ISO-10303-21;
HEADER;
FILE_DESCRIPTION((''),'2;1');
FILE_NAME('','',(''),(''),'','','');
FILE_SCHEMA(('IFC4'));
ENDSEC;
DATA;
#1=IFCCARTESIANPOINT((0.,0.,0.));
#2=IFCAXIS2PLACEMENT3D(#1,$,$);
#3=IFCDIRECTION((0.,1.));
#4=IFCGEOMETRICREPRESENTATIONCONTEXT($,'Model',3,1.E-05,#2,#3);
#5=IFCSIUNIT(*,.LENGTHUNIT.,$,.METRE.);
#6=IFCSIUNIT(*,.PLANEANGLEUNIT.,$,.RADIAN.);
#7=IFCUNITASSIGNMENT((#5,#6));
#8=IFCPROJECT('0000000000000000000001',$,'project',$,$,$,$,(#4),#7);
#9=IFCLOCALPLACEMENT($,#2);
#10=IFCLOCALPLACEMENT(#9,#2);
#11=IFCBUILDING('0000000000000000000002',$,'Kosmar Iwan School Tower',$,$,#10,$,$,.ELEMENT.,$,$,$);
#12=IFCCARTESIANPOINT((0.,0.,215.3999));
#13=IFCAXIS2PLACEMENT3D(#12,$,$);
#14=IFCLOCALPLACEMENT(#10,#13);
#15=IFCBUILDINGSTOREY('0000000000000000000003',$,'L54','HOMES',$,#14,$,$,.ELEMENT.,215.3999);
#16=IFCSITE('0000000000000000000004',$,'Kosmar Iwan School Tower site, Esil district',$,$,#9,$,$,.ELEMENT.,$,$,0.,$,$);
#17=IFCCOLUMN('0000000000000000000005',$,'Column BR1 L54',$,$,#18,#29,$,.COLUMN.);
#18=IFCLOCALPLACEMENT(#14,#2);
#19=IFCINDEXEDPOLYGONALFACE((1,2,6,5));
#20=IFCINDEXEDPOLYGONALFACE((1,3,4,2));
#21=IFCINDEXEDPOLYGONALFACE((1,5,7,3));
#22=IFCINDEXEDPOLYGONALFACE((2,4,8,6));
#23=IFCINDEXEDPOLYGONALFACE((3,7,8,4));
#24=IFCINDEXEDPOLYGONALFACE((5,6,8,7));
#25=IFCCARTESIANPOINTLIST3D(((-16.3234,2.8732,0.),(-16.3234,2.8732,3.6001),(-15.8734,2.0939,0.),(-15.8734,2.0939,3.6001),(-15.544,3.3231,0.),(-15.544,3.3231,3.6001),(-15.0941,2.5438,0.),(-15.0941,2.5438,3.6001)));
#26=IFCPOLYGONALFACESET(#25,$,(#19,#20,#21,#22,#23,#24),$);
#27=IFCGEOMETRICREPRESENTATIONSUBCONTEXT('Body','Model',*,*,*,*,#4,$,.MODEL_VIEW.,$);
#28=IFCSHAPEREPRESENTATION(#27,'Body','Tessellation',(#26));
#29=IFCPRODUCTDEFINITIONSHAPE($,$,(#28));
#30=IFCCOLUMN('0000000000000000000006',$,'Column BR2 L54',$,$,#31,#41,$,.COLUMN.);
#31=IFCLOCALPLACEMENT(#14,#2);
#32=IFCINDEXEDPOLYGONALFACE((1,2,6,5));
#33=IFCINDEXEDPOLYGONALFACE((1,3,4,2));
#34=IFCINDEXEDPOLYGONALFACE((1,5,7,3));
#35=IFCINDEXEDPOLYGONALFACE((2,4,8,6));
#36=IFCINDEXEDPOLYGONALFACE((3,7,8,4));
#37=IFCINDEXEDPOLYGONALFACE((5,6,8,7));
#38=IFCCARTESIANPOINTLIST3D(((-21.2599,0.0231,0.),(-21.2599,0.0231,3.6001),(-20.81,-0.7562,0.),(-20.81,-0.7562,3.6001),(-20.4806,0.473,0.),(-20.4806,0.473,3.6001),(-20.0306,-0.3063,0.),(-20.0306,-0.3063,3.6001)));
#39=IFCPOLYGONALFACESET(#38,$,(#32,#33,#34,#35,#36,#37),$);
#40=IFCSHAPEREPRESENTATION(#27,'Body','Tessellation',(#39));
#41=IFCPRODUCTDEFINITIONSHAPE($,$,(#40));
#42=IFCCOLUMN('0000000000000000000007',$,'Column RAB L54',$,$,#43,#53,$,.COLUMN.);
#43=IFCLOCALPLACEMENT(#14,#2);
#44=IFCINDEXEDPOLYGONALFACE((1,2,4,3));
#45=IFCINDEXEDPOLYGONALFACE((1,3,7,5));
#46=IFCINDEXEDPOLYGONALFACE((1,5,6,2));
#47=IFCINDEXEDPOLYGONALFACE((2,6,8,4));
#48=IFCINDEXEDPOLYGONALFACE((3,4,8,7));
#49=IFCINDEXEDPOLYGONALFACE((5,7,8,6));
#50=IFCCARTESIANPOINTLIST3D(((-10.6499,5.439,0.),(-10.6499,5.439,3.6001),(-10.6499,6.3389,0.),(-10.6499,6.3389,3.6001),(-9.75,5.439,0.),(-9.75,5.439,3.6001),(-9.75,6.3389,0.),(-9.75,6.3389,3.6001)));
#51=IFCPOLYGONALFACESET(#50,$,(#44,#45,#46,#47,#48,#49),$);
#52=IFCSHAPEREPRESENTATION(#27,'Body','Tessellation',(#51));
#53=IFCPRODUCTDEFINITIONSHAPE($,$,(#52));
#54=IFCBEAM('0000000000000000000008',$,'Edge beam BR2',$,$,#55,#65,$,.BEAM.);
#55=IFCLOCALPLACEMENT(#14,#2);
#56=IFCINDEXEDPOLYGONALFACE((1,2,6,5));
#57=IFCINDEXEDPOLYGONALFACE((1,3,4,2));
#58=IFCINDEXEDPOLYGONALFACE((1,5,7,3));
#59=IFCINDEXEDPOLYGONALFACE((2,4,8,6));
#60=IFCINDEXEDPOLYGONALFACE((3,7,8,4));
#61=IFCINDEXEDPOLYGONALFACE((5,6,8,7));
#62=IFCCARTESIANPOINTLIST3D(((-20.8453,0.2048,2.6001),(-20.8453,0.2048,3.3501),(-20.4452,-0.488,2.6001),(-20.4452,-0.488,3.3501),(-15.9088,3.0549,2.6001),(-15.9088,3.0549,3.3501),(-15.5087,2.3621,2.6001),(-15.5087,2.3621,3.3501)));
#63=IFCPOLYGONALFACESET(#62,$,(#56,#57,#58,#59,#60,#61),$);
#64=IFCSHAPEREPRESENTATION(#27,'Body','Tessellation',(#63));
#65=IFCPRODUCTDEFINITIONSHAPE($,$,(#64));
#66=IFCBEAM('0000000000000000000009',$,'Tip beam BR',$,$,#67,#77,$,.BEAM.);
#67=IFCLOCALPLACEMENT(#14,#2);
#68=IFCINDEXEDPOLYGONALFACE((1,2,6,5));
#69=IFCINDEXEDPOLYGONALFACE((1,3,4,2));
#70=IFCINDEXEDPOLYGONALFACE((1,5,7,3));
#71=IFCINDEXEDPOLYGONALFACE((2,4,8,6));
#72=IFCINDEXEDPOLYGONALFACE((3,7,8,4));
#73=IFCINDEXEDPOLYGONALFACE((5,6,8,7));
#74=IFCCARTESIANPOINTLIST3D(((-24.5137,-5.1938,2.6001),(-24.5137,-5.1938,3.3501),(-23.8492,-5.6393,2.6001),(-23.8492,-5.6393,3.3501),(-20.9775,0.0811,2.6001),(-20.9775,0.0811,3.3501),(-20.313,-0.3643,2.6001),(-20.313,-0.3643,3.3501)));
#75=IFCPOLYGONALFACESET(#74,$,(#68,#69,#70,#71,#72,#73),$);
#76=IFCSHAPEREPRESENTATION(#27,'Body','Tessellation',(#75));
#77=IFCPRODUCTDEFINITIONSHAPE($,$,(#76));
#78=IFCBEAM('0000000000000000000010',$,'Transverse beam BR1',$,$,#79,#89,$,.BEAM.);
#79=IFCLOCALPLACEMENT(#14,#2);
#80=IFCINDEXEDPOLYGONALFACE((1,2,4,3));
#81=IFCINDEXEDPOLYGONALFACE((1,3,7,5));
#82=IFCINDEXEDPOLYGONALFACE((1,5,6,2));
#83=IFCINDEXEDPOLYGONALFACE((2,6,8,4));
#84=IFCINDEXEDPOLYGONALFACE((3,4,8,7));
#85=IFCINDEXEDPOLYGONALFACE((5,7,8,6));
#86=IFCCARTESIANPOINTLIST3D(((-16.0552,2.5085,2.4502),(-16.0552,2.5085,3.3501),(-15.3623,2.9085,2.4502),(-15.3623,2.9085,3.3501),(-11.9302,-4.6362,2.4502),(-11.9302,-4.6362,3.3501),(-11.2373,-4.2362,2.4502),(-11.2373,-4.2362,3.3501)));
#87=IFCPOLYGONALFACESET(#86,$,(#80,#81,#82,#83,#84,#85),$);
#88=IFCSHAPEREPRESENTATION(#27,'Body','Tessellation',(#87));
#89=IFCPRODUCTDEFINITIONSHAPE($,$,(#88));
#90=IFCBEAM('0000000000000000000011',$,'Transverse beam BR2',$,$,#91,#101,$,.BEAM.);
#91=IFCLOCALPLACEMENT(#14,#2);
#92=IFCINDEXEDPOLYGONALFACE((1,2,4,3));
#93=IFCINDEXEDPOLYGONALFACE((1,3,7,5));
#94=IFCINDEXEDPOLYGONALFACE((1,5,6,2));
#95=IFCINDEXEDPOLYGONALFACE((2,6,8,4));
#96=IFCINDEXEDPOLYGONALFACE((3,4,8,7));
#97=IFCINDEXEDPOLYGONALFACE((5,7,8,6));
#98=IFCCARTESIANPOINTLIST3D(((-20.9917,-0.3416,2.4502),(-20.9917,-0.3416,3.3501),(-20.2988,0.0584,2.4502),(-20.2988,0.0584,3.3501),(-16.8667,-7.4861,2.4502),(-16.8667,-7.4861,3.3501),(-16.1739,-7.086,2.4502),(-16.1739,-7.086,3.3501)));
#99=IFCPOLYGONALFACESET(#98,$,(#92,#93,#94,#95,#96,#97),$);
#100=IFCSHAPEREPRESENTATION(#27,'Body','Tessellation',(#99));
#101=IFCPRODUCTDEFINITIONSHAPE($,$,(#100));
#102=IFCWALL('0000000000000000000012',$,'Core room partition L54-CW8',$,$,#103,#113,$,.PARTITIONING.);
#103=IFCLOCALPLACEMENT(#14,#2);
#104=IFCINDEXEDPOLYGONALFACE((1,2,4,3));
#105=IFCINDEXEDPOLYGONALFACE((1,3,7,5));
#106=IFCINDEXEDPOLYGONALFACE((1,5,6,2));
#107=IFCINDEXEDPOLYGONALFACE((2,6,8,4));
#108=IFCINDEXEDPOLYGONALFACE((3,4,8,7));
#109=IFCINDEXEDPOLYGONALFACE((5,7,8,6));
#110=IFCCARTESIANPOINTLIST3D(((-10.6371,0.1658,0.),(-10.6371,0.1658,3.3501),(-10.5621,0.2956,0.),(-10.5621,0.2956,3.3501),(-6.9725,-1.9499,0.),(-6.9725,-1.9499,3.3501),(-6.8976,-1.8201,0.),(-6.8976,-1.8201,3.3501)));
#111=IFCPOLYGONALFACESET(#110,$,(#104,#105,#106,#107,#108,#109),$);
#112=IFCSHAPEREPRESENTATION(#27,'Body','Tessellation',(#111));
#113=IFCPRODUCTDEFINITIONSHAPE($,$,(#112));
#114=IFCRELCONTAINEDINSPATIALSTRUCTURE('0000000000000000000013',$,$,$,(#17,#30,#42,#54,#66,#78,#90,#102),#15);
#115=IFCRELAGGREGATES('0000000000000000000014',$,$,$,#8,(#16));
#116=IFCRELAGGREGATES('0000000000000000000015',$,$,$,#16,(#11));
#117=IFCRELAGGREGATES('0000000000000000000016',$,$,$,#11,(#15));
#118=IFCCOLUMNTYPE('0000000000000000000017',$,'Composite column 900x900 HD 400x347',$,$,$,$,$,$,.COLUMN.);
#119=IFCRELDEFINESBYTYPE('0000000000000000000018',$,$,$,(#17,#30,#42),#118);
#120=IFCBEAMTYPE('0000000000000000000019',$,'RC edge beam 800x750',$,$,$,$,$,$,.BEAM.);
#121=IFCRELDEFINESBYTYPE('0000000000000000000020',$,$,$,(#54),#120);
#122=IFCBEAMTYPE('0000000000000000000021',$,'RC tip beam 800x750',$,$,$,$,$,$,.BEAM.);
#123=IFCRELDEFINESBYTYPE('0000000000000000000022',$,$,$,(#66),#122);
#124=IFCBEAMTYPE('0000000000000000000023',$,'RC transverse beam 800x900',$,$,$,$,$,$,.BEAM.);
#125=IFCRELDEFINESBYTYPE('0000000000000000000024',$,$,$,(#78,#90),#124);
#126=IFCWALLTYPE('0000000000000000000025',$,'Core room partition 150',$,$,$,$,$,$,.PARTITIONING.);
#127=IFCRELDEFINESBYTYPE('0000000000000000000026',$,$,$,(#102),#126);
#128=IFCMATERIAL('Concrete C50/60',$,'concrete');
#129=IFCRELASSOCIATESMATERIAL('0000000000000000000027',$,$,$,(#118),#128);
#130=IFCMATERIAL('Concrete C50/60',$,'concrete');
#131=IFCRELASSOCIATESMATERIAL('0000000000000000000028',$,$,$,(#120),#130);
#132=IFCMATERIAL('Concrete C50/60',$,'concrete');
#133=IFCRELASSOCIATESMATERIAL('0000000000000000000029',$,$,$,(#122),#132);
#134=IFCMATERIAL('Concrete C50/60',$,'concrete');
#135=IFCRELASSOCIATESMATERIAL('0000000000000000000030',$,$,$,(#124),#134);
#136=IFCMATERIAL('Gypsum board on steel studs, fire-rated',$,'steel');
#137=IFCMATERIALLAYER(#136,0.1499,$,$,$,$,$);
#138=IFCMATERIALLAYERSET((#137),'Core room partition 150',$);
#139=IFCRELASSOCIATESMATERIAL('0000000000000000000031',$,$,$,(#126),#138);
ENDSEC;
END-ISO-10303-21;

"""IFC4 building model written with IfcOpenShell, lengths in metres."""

from ifc_helpers import new_model, si_unit, direction, frame, frame_2d, origin, origin_2d, place, context, subcontext, project, spatial, rectangle, extrude, material, layer, layer_set, material_profile, profile_set, type_object, element, save


model = new_model("IFC4")

# Units and contexts
model_context = context("Model", 3, precision=1e-05, world=origin(), true_north=direction((0.0, 1.0)))
body_context = subcontext(model_context, "Body", "Model", "MODEL_VIEW")
ifc_project = project(units=[si_unit("LENGTHUNIT", "METRE"), si_unit("PLANEANGLEUNIT", "RADIAN")], contexts=[model_context])

# Site, building, storey
site_placement = place(None, origin())
site = spatial("IfcSite", under=ifc_project, at=site_placement, Name="Kosmar Iwan School Tower site, Esil district", CompositionType="ELEMENT", RefElevation=0.0)
building_placement = place(site_placement, origin())
building = spatial("IfcBuilding", under=site, at=building_placement, Name="Kosmar Iwan School Tower", CompositionType="ELEMENT")
storey_placement = place(building_placement, frame((0.0, 0.0, 215.3999)))
storey = spatial("IfcBuildingStorey", under=building, at=storey_placement, Name="L54", Description="HOMES", CompositionType="ELEMENT", Elevation=215.3999)

# Columns
ifc_material_1 = material(Name="Concrete C50/60", Category="concrete")
ifc_material_profile_1 = material_profile(ifc_material_1, rectangle(XDim=0.8999, YDim=0.8999, at=origin_2d()), Name="RC 900x900 + HD 400x347")
ifc_profile_set_1 = profile_set([ifc_material_profile_1], Name="Concrete C50/60")
column_type = type_object("IfcColumnType", Name="Composite column 900x900 HD 400x347", PredefinedType="COLUMN", material=ifc_profile_set_1)
for number, where, z_axis, x_axis, name in (
    (1, (-15.7087, 2.7085, 0.0), (0.0, 0.0, 1.0), (-0.866025, -0.5, 0.0), "Column BR1 L54"),
    (2, (-20.6453, -0.1416, 0.0), (0.0, 0.0, 1.0), (-0.866025, -0.5, 0.0), "Column BR2 L54"),
    (3, (-10.2, 5.8889, 0.0), (0.0, 0.0, 1.0), (1.0, 0.0, 0.0), "Column RAB L54"),
):
    element("IfcColumn", number, at=place(storey_placement, frame(where, z_axis=z_axis, x_axis=x_axis)), inside=storey, type_object=column_type, Name=name, PredefinedType="COLUMN", context=body_context, shape_type="SweptSolid", body=[
        extrude(rectangle(XDim=0.8999, YDim=0.8999, at=origin_2d()), origin(), (0.0, 0.0, 1.0), 3.6001),
    ])

# Beams
ifc_material_2 = material(Name="Concrete C50/60", Category="concrete")
ifc_material_profile_2 = material_profile(ifc_material_2, rectangle(XDim=0.8, YDim=0.75, at=origin_2d()), Name="RC 800x750")
ifc_profile_set_2 = profile_set([ifc_material_profile_2], Name="Concrete C50/60")
beam_type_1 = type_object("IfcBeamType", Name="RC edge beam 800x750", PredefinedType="BEAM", material=ifc_profile_set_2)
beam_1_placement = place(storey_placement, frame((-15.7087, 2.7085, 2.9751), z_axis=(-0.866026, -0.499999, 0.0), x_axis=(0.499999, -0.866026, 0.0)))
element("IfcBeam", 4, at=beam_1_placement, inside=storey, type_object=beam_type_1, Name="Edge beam BR2", PredefinedType="BEAM", context=body_context, shape_type="SweptSolid", body=[
    extrude(rectangle(XDim=0.8, YDim=0.75, at=origin_2d()), origin(), (0.0, 0.0, 1.0), 5.7002),
])
ifc_material_3 = material(Name="Concrete C50/60", Category="concrete")
ifc_material_profile_3 = material_profile(ifc_material_3, rectangle(XDim=0.8, YDim=0.75, at=origin_2d()), Name="RC 800x750")
ifc_profile_set_3 = profile_set([ifc_material_profile_3], Name="Concrete C50/60")
beam_type_2 = type_object("IfcBeamType", Name="RC tip beam 800x750", PredefinedType="BEAM", material=ifc_profile_set_3)
beam_2_placement = place(storey_placement, frame((-20.6453, -0.1416, 2.9751), z_axis=(-0.556828, -0.830628, 0.0), x_axis=(0.830628, -0.556828, 0.0)))
element("IfcBeam", 5, at=beam_2_placement, inside=storey, type_object=beam_type_2, Name="Tip beam BR", PredefinedType="BEAM", context=body_context, shape_type="SweptSolid", body=[
    extrude(rectangle(XDim=0.8, YDim=0.75, at=origin_2d()), origin(), (0.0, 0.0, 1.0), 6.3506),
])
ifc_material_4 = material(Name="Concrete C50/60", Category="concrete")
ifc_material_profile_4 = material_profile(ifc_material_4, rectangle(XDim=0.8, YDim=0.8999, at=origin_2d()), Name="RC 800x900")
ifc_profile_set_4 = profile_set([ifc_material_profile_4], Name="Concrete C50/60")
beam_type_3 = type_object("IfcBeamType", Name="RC transverse beam 800x900", PredefinedType="BEAM", material=ifc_profile_set_4)
beam_3_placement = place(storey_placement, frame((-15.7087, 2.7085, 2.9001), z_axis=(0.499997, -0.866027, 0.0), x_axis=(0.866027, 0.499997, 0.0)))
element("IfcBeam", 6, at=beam_3_placement, inside=storey, type_object=beam_type_3, Name="Transverse beam BR1", PredefinedType="BEAM", context=body_context, shape_type="SweptSolid", body=[
    extrude(rectangle(XDim=0.8, YDim=0.8999, at=origin_2d()), origin(), (0.0, 0.0, 1.0), 8.25),
])
beam_4_placement = place(storey_placement, frame((-20.6453, -0.1416, 2.9001), z_axis=(0.500009, -0.86602, 0.0), x_axis=(0.86602, 0.500009, 0.0)))
element("IfcBeam", 7, at=beam_4_placement, inside=storey, type_object=beam_type_3, Name="Transverse beam BR2", PredefinedType="BEAM", context=body_context, shape_type="SweptSolid", body=[
    extrude(rectangle(XDim=0.8, YDim=0.8999, at=origin_2d()), origin(), (0.0, 0.0, 1.0), 8.2498),
])

# Wall
ifc_material_5 = material(Name="Gypsum board on steel studs, fire-rated", Category="steel")
ifc_layer_1 = layer(ifc_material_5, 0.1499)
ifc_layer_set_1 = layer_set([ifc_layer_1], Name="Core room partition 150")
wall_type_1 = type_object("IfcWallType", Name="Core room partition 150", PredefinedType="PARTITIONING", material=ifc_layer_set_1)
wall_1_placement = place(storey_placement, frame((-10.5996, 0.2307, 0.0), z_axis=(0.0, 0.0, 1.0), x_axis=(0.866026, -0.499999, 0.0)))
element("IfcWall", 8, at=wall_1_placement, inside=storey, type_object=wall_type_1, Name="Core room partition L54-CW8", PredefinedType="PARTITIONING", context=body_context, shape_type="SweptSolid", body=[
    extrude(rectangle(XDim=4.2314, YDim=0.1499, at=frame_2d((2.1157, 0.0))), origin(), (0.0, 0.0, 1.0), 3.3501),
])

save(model, "model.ifc")
